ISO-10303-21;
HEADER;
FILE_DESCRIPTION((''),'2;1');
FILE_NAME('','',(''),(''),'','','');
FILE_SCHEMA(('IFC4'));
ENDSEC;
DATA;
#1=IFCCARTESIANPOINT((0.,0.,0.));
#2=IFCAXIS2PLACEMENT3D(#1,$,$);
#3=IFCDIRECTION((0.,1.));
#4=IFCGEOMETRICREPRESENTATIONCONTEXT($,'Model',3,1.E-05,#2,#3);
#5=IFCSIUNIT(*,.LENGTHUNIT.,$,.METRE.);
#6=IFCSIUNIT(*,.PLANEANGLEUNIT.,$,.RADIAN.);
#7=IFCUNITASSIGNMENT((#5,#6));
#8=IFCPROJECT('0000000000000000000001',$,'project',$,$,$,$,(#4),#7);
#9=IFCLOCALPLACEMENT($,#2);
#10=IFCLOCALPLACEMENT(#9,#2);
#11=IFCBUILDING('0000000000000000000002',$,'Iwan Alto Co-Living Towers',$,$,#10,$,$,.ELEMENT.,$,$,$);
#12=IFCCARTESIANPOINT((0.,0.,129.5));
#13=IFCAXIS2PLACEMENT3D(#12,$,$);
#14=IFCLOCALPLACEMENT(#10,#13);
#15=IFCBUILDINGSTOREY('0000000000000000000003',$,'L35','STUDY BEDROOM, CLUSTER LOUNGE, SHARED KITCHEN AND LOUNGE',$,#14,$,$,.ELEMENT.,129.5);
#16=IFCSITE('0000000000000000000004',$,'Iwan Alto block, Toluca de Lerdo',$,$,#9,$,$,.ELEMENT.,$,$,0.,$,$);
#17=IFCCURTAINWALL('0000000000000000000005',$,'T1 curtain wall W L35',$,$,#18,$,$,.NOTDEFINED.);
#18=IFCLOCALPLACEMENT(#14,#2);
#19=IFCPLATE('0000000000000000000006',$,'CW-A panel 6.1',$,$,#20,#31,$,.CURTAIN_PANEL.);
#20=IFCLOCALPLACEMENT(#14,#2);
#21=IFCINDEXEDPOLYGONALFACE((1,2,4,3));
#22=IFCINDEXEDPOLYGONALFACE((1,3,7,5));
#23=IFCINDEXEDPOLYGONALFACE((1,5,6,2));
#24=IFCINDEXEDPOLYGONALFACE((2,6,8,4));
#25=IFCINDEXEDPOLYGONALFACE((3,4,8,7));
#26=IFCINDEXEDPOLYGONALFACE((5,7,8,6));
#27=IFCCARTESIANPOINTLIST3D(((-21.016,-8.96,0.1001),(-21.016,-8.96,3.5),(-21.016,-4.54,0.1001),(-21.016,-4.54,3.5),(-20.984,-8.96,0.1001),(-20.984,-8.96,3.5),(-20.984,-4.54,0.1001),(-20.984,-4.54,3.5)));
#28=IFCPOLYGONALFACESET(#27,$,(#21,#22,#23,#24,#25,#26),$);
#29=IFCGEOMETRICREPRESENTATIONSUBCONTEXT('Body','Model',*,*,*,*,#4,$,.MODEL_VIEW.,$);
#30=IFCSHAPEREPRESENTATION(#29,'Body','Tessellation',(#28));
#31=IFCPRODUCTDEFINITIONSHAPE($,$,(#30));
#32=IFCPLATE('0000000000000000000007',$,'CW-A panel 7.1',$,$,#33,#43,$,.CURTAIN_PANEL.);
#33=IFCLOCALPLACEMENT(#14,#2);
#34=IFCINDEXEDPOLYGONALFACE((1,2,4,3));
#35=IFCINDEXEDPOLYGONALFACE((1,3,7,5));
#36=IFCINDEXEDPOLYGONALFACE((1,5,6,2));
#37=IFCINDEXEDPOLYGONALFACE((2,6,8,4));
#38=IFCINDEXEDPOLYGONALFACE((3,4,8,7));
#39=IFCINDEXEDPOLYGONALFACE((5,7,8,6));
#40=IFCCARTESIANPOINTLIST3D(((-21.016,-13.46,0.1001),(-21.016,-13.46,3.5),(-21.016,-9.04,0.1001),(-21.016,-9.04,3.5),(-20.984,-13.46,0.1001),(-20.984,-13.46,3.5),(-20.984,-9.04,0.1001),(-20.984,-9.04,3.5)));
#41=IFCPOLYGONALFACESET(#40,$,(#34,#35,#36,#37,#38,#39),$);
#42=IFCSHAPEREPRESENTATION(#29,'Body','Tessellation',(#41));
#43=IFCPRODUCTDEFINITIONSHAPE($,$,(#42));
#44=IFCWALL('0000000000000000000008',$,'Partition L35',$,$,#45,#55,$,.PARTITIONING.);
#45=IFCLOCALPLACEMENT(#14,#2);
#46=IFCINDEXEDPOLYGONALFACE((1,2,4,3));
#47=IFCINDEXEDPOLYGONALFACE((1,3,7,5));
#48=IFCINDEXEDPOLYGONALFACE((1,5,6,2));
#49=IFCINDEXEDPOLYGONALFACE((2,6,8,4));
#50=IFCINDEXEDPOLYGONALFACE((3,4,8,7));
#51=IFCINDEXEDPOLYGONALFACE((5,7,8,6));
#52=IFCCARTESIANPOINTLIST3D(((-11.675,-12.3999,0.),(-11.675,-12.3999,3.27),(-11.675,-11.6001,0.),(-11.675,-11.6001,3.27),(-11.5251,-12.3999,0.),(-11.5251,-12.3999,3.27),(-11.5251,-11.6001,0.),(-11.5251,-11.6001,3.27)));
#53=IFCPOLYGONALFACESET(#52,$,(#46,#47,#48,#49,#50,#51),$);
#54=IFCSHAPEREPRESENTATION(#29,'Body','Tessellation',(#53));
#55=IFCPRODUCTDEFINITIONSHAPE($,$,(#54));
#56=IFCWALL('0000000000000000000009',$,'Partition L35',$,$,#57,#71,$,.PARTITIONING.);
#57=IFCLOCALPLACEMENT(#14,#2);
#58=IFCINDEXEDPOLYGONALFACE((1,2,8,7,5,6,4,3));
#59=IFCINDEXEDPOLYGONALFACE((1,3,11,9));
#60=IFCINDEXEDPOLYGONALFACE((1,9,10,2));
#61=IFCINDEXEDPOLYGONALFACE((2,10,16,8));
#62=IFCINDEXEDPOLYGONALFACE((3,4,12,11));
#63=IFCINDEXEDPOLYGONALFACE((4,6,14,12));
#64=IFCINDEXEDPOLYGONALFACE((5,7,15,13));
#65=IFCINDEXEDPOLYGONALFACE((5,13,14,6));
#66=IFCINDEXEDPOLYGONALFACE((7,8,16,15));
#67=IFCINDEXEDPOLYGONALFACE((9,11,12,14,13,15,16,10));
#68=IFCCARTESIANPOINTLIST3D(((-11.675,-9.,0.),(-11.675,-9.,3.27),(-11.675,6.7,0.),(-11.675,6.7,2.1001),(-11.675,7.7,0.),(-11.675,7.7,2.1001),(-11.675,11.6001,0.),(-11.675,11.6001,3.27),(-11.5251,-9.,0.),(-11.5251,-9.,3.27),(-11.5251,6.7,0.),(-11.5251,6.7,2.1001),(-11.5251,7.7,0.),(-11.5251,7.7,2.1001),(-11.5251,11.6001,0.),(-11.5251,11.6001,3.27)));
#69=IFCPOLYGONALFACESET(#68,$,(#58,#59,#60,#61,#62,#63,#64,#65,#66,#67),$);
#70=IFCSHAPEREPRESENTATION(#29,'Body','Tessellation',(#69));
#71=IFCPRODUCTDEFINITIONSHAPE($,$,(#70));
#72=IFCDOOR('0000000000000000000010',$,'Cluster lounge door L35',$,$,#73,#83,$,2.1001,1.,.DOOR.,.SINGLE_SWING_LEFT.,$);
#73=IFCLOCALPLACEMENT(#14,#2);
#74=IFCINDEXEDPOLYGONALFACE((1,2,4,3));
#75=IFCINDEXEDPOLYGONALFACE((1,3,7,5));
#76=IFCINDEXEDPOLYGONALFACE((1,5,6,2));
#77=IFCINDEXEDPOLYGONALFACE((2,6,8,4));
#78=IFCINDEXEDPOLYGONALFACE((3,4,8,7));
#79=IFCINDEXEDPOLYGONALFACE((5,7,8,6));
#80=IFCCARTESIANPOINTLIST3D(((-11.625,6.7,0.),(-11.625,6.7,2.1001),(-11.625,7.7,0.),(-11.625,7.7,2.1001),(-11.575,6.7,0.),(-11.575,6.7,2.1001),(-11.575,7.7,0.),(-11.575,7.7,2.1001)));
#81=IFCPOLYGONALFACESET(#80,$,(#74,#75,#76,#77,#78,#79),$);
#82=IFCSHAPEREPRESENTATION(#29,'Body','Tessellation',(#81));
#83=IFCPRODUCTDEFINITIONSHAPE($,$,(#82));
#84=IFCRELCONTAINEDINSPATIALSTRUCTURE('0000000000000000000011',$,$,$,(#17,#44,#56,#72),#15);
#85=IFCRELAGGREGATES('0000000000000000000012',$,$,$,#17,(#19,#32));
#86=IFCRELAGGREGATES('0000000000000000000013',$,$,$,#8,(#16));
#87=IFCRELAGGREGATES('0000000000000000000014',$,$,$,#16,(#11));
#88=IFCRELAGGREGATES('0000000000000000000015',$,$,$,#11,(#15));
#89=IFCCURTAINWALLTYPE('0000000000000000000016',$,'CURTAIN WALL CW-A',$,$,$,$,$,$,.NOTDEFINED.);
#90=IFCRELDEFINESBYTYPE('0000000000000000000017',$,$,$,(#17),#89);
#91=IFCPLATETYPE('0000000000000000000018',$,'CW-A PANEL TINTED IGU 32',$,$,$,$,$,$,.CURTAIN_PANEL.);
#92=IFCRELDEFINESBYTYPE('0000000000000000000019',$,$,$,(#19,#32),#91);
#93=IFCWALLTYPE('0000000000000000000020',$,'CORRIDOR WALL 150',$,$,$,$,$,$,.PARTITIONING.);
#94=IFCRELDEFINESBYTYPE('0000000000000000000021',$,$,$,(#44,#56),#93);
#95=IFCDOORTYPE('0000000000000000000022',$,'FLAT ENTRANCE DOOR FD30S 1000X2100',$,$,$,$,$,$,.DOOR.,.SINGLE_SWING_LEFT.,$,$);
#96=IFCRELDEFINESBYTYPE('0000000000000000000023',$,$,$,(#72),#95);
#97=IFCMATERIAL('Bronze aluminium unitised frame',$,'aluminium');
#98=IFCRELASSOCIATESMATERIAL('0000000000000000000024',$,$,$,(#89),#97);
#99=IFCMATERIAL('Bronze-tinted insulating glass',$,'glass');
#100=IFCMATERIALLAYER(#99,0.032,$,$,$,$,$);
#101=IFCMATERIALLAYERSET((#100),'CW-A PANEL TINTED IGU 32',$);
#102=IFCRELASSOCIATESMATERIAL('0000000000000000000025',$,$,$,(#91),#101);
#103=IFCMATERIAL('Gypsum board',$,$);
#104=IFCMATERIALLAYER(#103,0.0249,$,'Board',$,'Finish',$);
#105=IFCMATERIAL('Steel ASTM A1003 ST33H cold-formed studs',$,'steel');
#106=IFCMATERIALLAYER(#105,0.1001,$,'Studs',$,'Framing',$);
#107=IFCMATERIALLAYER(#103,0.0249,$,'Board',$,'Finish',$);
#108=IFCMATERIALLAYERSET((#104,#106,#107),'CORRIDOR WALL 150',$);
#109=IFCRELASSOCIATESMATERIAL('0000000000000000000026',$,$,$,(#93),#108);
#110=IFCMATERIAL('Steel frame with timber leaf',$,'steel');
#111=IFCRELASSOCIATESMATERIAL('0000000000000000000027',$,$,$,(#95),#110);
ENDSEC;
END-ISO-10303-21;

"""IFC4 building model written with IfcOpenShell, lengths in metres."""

from ifc_helpers import new_model, si_unit, direction, frame, frame_2d, origin, origin_2d, place, context, subcontext, project, spatial, rectangle, extrude, material, layer, layer_set, type_object, element, fill, aggregate, save


model = new_model("IFC4")

# Units and contexts
model_context = context("Model", 3, precision=1e-05, world=origin(), true_north=direction((0.0, 1.0)))
body_context = subcontext(model_context, "Body", "Model", "MODEL_VIEW")
ifc_project = project(units=[si_unit("LENGTHUNIT", "METRE"), si_unit("PLANEANGLEUNIT", "RADIAN")], contexts=[model_context])

# Site, building, storey
site_placement = place(None, origin())
site = spatial("IfcSite", under=ifc_project, at=site_placement, Name="Iwan Alto block, Toluca de Lerdo", CompositionType="ELEMENT", RefElevation=0.0)
building_placement = place(site_placement, origin())
building = spatial("IfcBuilding", under=site, at=building_placement, Name="Iwan Alto Co-Living Towers", CompositionType="ELEMENT")
storey_placement = place(building_placement, frame((0.0, 0.0, 129.5)))
storey = spatial("IfcBuildingStorey", under=building, at=storey_placement, Name="L35", Description="STUDY BEDROOM, CLUSTER LOUNGE, SHARED KITCHEN AND LOUNGE", CompositionType="ELEMENT", Elevation=129.5)

# Curtain wall
ifc_material_1 = material(Name="Bronze aluminium unitised frame", Category="aluminium")
curtain_wall_type = type_object("IfcCurtainWallType", Name="CURTAIN WALL CW-A", PredefinedType="NOTDEFINED", material=ifc_material_1)
curtain_wall_placement = place(storey_placement, origin())
curtain_wall = element("IfcCurtainWall", 1, at=curtain_wall_placement, inside=storey, type_object=curtain_wall_type, Name="T1 curtain wall W L35", PredefinedType="NOTDEFINED")

# Plates
ifc_material_2 = material(Name="Bronze-tinted insulating glass", Category="glass")
ifc_layer_1 = layer(ifc_material_2, 0.032)
ifc_layer_set_1 = layer_set([ifc_layer_1], Name="CW-A PANEL TINTED IGU 32")
plate_type = type_object("IfcPlateType", Name="CW-A PANEL TINTED IGU 32", PredefinedType="CURTAIN_PANEL", material=ifc_layer_set_1)
plate_1_placement = place(storey_placement, frame((-21.0, -6.75, 0.1001), z_axis=(0.0, 0.0, 1.0), x_axis=(0.0, -1.0, 0.0)))
plate_1 = element("IfcPlate", 2, at=plate_1_placement, type_object=plate_type, Name="CW-A panel 6.1", PredefinedType="CURTAIN_PANEL", context=body_context, shape_type="SweptSolid", body=[
    extrude(rectangle(XDim=4.4199, YDim=0.032, at=origin_2d()), origin(), (0.0, 0.0, 1.0), 3.3999),
])
plate_2_placement = place(storey_placement, frame((-21.0, -11.25, 0.1001), z_axis=(0.0, 0.0, 1.0), x_axis=(0.0, -1.0, 0.0)))
plate_2 = element("IfcPlate", 3, at=plate_2_placement, type_object=plate_type, Name="CW-A panel 7.1", PredefinedType="CURTAIN_PANEL", context=body_context, shape_type="SweptSolid", body=[
    extrude(rectangle(XDim=4.4199, YDim=0.032, at=origin_2d()), origin(), (0.0, 0.0, 1.0), 3.3999),
])
aggregate(curtain_wall, [plate_1, plate_2])

# Wall
ifc_material_3 = material(Name="Gypsum board")
ifc_layer_2 = layer(ifc_material_3, 0.0249, Name="Board", Category="Finish")
ifc_material_4 = material(Name="Steel ASTM A1003 ST33H cold-formed studs", Category="steel")
ifc_layer_3 = layer(ifc_material_4, 0.1001, Name="Studs", Category="Framing")
ifc_layer_4 = layer(ifc_material_3, 0.0249, Name="Board", Category="Finish")
ifc_layer_set_2 = layer_set([ifc_layer_2, ifc_layer_3, ifc_layer_4], Name="CORRIDOR WALL 150")
wall_type_1 = type_object("IfcWallType", Name="CORRIDOR WALL 150", PredefinedType="PARTITIONING", material=ifc_layer_set_2)
wall_1_placement = place(storey_placement, frame((-11.6001, -12.3999, 0.0), z_axis=(0.0, 0.0, 1.0), x_axis=(0.0, 1.0, 0.0)))
element("IfcWall", 4, at=wall_1_placement, inside=storey, type_object=wall_type_1, Name="Partition L35", PredefinedType="PARTITIONING", context=body_context, shape_type="SweptSolid", body=[
    extrude(rectangle(XDim=0.7998, YDim=0.1499, at=frame_2d((0.3999, 0.0))), origin(), (0.0, 0.0, 1.0), 3.27),
])

# Wall, opening, door
wall_2_placement = place(storey_placement, frame((-11.6001, -9.0, 0.0), z_axis=(0.0, 0.0, 1.0), x_axis=(0.0, 1.0, 0.0)))
wall_2 = element("IfcWall", 5, at=wall_2_placement, inside=storey, type_object=wall_type_1, Name="Partition L35", PredefinedType="PARTITIONING", context=body_context, shape_type="SweptSolid", body=[
    extrude(rectangle(XDim=20.6001, YDim=0.1499, at=frame_2d((10.3, 0.0))), origin(), (0.0, 0.0, 1.0), 3.27),
])
opening_1_placement = place(wall_2_placement, frame((15.7, 0.0, 0.0)))
opening_1 = element("IfcOpeningElement", 6, at=opening_1_placement, cuts=wall_2, PredefinedType="OPENING", context=body_context, shape_type="SweptSolid", body=[
    extrude(rectangle(XDim=1.0, YDim=2.1001, at=frame_2d((0.5, 1.05))), frame((0.0, 0.085, 0.0), z_axis=(0.0, -1.0, 0.0), x_axis=(1.0, 0.0, 0.0)), (0.0, 0.0, 1.0), 0.1699),
])
ifc_material_5 = material(Name="Steel frame with timber leaf", Category="steel")
door_type_1 = type_object("IfcDoorType", Name="FLAT ENTRANCE DOOR FD30S 1000X2100", OperationType="SINGLE_SWING_LEFT", PredefinedType="DOOR", material=ifc_material_5)
door_1_placement = place(opening_1_placement, origin())
door_1 = element("IfcDoor", 7, at=door_1_placement, inside=storey, type_object=door_type_1, Name="Cluster lounge door L35", OperationType="SINGLE_SWING_LEFT", OverallHeight=2.1001, OverallWidth=1.0, PredefinedType="DOOR", context=body_context, shape_type="SweptSolid", body=[
    extrude(rectangle(XDim=1.0, YDim=2.1001, at=frame_2d((0.5, 1.05))), frame((0.0, 0.0249, 0.0), z_axis=(0.0, -1.0, 0.0), x_axis=(1.0, 0.0, 0.0)), (0.0, 0.0, 1.0), 0.05),
])
fill(opening_1, door_1)

save(model, "model.ifc")
